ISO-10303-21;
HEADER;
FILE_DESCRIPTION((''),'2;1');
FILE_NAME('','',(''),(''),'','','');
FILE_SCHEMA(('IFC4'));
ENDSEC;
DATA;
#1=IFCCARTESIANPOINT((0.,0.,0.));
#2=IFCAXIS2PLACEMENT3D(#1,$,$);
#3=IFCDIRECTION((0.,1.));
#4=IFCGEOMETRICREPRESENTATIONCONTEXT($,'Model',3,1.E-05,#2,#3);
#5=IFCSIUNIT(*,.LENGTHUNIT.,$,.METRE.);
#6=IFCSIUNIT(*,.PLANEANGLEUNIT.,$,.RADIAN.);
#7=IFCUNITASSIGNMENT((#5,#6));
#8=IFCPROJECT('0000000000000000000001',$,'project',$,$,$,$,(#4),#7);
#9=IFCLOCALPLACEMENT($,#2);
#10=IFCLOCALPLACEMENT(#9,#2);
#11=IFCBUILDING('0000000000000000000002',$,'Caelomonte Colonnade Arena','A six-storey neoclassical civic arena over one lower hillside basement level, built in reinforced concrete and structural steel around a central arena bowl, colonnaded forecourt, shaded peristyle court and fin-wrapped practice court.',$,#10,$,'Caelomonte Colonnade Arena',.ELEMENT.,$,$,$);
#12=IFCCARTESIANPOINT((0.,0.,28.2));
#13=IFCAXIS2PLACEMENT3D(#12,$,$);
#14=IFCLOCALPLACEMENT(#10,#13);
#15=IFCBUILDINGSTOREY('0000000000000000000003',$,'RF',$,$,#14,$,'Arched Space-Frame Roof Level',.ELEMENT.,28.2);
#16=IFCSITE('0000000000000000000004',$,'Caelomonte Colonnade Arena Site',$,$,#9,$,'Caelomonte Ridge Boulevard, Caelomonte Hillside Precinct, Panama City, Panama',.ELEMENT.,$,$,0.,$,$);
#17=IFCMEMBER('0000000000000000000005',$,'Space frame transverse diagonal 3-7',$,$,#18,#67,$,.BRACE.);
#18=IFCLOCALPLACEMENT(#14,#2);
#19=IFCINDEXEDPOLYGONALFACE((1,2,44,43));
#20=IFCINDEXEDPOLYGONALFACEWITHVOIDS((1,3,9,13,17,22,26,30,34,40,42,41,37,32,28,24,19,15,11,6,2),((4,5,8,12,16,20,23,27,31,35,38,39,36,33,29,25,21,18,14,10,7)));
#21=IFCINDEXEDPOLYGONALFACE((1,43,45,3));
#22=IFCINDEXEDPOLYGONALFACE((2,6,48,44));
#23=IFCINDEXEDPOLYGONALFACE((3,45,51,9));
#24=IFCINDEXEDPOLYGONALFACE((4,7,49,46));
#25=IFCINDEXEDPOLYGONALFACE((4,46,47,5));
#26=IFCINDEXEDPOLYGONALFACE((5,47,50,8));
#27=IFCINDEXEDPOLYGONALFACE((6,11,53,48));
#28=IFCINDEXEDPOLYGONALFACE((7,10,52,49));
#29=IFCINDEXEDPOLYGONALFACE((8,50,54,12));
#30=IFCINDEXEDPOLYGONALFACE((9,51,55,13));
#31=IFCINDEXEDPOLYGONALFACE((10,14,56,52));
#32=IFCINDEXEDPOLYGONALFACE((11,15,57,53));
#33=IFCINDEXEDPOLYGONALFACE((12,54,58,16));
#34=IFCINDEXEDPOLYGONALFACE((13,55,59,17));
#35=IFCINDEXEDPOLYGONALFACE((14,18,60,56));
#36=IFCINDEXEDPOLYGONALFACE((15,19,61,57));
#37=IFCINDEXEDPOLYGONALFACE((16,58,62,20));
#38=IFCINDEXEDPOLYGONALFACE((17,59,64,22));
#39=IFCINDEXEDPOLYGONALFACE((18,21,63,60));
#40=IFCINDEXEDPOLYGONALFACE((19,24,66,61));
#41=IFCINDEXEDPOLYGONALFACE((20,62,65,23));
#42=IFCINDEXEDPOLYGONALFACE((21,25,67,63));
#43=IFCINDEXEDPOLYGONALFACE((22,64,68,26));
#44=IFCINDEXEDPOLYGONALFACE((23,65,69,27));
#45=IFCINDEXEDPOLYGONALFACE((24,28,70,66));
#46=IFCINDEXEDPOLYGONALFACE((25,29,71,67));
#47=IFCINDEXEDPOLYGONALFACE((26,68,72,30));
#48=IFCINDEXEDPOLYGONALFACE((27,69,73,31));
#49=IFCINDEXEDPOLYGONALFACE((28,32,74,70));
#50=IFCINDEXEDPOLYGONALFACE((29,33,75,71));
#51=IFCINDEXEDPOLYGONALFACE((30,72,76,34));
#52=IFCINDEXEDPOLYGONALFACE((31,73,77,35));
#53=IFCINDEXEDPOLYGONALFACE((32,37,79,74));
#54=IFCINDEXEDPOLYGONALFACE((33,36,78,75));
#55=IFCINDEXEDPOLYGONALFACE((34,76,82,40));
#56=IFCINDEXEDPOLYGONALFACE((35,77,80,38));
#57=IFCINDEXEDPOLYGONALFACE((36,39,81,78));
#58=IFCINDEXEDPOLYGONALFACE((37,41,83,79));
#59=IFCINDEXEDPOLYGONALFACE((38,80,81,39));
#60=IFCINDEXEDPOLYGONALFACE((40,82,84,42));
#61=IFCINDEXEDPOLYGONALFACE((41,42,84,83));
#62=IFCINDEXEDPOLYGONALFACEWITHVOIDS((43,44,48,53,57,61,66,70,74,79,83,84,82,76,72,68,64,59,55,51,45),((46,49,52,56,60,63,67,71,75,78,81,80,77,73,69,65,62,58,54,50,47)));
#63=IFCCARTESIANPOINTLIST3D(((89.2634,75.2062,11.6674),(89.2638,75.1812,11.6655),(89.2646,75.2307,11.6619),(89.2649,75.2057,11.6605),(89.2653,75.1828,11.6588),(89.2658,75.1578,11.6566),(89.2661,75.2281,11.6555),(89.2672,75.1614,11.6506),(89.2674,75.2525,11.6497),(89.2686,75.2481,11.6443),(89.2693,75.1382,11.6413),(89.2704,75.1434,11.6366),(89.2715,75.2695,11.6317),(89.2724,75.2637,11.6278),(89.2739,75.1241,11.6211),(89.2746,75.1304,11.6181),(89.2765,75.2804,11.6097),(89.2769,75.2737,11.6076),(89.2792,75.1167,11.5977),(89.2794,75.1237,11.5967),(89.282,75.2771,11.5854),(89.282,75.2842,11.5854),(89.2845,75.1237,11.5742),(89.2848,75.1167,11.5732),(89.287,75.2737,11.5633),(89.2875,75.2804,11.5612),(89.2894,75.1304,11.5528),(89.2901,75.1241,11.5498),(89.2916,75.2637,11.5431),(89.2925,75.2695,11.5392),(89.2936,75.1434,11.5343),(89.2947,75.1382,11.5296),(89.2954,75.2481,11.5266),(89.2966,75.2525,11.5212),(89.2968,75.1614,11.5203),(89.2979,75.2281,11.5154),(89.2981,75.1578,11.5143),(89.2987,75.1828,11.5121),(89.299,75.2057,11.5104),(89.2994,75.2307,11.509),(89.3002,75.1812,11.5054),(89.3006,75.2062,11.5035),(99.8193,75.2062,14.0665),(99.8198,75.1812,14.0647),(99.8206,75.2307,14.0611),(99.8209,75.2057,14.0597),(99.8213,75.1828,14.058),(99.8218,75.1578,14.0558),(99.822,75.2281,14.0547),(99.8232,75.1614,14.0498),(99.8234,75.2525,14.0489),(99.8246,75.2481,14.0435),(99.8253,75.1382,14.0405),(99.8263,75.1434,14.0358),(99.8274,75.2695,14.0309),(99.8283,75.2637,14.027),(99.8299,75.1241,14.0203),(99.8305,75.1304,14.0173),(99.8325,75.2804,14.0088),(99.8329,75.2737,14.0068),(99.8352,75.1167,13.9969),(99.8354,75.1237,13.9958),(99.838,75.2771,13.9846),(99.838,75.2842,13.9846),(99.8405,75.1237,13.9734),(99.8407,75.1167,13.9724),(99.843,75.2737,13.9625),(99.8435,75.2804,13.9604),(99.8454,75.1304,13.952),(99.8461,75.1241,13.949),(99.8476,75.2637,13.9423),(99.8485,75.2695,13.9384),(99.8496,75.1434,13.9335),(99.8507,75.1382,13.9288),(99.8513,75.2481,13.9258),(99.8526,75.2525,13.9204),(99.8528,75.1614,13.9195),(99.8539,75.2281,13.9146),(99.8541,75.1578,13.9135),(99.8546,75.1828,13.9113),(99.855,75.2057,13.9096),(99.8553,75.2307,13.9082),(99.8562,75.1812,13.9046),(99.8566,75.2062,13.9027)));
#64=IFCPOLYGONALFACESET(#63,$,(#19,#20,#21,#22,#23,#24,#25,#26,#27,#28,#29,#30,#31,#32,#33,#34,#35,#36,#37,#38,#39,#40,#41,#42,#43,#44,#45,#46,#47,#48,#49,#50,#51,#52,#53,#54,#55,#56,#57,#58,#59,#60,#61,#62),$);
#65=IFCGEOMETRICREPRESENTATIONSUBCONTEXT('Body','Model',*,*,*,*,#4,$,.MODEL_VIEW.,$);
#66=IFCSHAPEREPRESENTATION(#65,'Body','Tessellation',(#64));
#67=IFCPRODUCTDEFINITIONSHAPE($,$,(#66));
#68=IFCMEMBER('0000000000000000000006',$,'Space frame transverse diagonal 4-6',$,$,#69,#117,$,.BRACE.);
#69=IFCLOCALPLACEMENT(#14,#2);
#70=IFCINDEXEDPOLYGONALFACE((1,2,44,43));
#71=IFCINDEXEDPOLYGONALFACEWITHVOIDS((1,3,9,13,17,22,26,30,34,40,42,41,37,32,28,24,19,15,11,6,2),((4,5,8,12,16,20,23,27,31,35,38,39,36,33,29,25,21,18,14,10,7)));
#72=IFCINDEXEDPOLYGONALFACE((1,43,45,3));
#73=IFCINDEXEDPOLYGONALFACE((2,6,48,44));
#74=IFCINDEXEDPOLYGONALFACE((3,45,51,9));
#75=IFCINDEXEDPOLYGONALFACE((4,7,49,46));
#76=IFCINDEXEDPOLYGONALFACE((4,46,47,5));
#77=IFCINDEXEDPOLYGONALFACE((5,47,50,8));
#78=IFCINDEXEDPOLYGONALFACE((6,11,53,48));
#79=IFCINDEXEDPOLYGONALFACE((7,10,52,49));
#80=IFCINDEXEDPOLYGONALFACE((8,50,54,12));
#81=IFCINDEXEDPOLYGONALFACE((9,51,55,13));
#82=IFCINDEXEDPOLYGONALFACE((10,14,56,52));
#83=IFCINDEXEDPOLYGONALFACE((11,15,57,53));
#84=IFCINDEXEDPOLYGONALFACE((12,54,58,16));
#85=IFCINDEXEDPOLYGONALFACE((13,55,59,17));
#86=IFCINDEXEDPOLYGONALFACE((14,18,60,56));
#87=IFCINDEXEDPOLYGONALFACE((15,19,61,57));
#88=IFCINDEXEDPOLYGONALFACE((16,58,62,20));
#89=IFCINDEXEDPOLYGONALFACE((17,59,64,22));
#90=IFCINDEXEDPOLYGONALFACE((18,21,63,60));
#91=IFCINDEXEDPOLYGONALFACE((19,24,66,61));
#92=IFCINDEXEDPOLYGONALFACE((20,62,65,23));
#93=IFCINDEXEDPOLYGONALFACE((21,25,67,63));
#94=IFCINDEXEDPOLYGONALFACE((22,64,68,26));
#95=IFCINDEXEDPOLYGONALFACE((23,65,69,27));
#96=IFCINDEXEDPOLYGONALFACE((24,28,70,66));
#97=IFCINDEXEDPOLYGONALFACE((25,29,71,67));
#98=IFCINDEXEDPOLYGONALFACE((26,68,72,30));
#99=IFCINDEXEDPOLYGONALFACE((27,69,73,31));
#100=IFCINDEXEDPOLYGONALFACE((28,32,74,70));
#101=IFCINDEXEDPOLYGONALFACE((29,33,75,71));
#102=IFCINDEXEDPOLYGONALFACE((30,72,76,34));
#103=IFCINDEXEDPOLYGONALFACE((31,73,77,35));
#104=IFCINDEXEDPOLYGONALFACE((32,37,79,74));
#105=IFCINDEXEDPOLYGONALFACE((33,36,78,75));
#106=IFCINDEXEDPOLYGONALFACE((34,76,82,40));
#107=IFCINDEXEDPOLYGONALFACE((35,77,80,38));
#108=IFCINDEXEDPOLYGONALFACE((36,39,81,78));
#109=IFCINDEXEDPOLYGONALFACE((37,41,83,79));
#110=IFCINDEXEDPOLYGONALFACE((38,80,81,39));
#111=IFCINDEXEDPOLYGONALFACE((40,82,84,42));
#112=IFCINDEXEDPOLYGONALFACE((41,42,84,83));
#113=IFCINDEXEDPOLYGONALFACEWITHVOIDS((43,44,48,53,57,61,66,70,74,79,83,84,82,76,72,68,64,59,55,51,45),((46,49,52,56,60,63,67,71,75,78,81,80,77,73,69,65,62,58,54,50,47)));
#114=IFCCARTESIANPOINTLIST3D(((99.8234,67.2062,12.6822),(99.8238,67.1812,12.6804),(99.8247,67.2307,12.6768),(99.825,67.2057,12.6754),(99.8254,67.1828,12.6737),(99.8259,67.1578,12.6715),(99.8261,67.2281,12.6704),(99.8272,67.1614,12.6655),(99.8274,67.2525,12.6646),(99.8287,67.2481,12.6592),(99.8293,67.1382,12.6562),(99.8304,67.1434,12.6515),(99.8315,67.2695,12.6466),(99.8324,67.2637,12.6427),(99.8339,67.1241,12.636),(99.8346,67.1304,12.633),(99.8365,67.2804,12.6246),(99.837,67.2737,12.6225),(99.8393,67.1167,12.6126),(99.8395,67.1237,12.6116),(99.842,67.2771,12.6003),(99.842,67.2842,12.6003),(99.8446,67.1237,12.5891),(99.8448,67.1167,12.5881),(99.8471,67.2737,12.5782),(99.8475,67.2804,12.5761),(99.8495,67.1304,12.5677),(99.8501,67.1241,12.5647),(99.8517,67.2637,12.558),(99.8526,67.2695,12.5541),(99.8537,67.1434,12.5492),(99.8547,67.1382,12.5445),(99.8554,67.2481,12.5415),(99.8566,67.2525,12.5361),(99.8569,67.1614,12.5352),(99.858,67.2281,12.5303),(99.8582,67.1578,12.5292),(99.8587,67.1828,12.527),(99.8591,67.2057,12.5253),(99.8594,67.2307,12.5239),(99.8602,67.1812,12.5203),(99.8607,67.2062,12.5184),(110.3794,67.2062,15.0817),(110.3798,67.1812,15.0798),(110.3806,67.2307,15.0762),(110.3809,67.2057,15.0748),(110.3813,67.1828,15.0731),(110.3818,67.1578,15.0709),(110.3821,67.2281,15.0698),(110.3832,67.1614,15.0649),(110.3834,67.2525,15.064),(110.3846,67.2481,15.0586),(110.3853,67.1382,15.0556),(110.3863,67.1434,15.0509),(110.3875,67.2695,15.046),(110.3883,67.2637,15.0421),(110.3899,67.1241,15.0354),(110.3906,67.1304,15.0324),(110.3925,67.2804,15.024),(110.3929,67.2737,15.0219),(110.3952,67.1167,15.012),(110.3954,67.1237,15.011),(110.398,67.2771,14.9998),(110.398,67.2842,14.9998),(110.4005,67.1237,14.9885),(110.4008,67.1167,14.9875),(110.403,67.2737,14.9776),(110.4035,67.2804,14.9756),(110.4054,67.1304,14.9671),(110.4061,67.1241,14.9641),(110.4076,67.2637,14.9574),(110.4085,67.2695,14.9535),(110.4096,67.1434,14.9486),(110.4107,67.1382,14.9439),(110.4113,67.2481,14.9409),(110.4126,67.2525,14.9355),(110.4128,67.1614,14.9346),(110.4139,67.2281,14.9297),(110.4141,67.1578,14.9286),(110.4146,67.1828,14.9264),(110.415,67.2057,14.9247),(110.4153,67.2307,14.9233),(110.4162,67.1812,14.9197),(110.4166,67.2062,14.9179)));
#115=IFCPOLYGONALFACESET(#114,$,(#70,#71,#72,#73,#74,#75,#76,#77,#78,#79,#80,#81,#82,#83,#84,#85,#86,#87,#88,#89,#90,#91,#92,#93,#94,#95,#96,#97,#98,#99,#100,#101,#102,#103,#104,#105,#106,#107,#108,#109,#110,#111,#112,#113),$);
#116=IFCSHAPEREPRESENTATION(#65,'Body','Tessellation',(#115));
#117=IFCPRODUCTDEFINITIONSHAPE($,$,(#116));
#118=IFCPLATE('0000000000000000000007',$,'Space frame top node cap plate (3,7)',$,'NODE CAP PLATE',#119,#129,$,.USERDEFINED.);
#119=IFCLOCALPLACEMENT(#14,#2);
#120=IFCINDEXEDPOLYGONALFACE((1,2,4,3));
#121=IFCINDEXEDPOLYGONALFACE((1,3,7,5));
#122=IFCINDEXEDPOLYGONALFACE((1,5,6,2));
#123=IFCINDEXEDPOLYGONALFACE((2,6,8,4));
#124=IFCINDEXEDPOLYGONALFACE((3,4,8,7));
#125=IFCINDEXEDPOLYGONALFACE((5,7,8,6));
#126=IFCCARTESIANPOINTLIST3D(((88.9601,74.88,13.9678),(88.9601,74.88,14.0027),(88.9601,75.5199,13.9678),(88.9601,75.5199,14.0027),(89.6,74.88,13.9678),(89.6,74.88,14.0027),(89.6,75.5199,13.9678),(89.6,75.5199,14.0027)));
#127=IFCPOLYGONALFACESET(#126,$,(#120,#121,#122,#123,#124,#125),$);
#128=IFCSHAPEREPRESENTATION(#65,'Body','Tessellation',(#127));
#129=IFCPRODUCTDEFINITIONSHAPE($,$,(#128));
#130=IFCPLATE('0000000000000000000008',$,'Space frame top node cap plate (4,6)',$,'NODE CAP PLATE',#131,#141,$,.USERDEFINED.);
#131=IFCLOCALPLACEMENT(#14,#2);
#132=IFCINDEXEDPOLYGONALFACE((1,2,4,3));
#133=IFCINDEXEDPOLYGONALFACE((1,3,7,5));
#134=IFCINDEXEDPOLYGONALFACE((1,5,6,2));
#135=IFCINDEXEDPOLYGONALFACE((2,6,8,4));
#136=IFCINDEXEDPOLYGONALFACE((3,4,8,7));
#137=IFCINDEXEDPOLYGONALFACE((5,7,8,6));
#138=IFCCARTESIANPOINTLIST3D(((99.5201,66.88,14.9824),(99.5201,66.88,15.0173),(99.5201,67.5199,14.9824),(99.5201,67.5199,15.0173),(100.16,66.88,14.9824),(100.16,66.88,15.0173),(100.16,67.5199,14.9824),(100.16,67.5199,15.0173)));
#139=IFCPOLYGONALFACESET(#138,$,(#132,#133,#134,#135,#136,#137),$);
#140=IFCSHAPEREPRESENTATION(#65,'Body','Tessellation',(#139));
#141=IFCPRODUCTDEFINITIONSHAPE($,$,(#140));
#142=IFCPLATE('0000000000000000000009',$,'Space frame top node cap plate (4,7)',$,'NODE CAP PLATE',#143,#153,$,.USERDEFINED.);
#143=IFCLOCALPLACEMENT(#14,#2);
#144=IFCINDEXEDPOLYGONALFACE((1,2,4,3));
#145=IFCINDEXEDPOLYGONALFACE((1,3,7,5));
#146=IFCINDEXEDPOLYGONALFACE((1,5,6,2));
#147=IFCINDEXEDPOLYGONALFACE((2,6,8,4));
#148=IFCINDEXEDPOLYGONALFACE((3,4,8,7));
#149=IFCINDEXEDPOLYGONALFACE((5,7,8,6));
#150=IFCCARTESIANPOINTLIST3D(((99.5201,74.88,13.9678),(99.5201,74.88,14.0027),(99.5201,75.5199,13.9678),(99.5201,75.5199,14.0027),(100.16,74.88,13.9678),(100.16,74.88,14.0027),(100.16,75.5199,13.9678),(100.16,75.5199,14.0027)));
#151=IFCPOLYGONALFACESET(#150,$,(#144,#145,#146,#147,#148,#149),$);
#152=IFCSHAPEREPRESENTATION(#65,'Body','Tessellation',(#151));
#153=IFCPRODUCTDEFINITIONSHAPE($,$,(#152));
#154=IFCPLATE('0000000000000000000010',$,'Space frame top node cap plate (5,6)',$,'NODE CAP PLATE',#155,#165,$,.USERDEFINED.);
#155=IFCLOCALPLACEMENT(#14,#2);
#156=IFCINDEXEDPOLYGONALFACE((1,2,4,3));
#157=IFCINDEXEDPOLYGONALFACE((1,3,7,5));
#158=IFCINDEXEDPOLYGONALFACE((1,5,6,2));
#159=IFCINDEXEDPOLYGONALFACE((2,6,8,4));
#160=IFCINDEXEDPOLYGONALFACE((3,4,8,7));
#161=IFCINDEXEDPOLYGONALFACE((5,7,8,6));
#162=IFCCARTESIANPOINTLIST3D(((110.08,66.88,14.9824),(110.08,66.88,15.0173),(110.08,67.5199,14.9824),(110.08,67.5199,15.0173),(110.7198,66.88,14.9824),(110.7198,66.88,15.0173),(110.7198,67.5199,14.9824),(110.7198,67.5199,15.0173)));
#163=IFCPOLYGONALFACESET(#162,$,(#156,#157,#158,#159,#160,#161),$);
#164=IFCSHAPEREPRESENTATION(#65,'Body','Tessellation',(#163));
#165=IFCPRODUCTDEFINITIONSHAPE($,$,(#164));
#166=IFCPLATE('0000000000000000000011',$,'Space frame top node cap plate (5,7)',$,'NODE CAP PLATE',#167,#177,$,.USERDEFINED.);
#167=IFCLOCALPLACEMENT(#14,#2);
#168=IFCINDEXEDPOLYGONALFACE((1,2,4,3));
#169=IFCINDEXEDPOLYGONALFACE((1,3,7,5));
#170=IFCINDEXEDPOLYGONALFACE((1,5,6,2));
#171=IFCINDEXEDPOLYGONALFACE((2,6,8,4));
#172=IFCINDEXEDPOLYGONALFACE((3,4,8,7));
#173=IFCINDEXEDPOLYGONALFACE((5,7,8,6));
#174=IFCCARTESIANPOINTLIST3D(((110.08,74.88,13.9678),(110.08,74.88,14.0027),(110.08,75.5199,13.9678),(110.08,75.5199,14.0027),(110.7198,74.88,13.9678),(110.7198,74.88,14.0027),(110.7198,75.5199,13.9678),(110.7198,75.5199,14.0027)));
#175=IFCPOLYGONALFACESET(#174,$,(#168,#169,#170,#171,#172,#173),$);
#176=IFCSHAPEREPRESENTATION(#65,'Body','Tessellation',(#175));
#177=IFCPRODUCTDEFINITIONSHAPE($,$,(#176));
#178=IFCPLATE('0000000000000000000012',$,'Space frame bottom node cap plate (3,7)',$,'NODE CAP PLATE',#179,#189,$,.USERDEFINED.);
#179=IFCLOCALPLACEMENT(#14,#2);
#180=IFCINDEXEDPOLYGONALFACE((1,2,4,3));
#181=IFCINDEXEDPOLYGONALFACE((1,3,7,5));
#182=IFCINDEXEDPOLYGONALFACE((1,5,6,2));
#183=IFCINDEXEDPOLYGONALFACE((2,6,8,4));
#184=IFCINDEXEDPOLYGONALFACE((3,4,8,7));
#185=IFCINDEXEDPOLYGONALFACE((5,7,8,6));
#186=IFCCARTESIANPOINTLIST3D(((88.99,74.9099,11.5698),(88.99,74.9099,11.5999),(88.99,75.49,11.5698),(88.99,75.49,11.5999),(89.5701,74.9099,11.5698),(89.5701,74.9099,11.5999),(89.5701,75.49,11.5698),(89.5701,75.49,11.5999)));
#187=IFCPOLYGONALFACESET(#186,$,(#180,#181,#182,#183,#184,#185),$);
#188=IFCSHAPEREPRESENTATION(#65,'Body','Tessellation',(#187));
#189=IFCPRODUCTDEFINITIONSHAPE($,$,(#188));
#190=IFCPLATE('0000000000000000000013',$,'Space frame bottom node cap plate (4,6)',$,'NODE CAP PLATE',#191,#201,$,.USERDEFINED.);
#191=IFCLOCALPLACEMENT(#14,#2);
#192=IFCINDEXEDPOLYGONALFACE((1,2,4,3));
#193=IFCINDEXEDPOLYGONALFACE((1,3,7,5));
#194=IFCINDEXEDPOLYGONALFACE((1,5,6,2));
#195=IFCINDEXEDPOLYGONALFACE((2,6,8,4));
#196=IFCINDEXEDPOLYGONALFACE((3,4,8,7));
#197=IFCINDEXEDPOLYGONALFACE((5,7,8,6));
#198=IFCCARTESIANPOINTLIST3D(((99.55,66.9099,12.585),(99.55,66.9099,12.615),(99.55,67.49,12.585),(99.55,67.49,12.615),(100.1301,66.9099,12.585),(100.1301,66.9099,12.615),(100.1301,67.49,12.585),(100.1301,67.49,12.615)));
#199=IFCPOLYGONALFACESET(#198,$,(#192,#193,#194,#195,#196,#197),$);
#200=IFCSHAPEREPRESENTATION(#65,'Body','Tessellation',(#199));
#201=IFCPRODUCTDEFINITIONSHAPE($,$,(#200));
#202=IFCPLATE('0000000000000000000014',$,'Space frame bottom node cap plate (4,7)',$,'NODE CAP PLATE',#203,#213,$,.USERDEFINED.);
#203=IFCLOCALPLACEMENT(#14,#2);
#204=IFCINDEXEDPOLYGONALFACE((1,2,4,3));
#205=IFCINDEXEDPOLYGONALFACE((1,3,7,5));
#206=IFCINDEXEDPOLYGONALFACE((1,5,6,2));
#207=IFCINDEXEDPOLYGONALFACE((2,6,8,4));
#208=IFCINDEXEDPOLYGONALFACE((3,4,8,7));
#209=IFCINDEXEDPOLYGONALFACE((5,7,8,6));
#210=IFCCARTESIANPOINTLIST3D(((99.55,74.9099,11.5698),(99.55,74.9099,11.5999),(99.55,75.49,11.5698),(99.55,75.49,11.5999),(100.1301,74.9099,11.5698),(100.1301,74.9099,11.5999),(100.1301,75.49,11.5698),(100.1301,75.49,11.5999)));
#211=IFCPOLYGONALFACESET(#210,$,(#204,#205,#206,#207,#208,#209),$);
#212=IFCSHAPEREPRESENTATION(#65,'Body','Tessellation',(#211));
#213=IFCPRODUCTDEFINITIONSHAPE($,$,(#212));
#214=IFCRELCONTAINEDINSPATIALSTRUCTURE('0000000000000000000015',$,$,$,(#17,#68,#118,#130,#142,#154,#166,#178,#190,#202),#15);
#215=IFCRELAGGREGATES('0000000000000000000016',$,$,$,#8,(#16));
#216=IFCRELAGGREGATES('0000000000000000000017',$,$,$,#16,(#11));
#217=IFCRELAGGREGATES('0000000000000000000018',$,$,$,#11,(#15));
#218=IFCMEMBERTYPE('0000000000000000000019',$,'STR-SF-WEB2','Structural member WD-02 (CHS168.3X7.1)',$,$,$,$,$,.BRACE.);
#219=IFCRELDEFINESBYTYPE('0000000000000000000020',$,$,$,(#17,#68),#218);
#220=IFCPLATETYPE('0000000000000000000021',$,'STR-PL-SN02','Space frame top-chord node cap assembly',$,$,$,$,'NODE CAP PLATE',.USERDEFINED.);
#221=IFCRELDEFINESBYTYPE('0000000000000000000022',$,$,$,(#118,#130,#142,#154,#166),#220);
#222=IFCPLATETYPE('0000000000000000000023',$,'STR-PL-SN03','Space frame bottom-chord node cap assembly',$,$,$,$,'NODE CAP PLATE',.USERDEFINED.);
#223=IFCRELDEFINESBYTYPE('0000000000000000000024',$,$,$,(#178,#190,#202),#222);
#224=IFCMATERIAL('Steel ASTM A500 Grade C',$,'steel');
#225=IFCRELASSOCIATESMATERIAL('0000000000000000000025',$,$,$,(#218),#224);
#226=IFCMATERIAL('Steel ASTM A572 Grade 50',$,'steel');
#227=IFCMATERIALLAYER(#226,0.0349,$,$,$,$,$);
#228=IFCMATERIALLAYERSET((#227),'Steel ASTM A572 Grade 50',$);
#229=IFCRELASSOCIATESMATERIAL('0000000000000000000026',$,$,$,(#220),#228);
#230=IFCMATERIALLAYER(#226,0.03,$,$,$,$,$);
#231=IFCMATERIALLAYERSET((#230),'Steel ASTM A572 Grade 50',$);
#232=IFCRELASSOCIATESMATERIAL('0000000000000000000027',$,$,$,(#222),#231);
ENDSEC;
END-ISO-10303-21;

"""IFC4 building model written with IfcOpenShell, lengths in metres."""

from ifc_helpers import new_model, si_unit, direction, frame, origin, origin_2d, place, context, subcontext, project, spatial, rectangle, hollow_circle, extrude, material, layer, layer_set, material_profile, profile_set, type_object, element, save


model = new_model("IFC4")

# Units and contexts
model_context = context("Model", 3, precision=1e-05, world=origin(), true_north=direction((0.0, 1.0)))
body_context = subcontext(model_context, "Body", "Model", "MODEL_VIEW")
ifc_project = project(units=[si_unit("LENGTHUNIT", "METRE"), si_unit("PLANEANGLEUNIT", "RADIAN")], contexts=[model_context])

# Site, building, storey
site_placement = place(None, origin())
site = spatial("IfcSite", under=ifc_project, at=site_placement, Name="Caelomonte Colonnade Arena Site", LongName="Caelomonte Ridge Boulevard, Caelomonte Hillside Precinct, Panama City, Panama", CompositionType="ELEMENT", RefElevation=0.0)
building_placement = place(site_placement, origin())
building = spatial("IfcBuilding", under=site, at=building_placement, Name="Caelomonte Colonnade Arena", Description="A six-storey neoclassical civic arena over one lower hillside basement level, built in reinforced concrete and structural steel around a central arena bowl, colonnaded forecourt, shaded peristyle court and fin-wrapped practice court.", LongName="Caelomonte Colonnade Arena", CompositionType="ELEMENT")
storey_placement = place(building_placement, frame((0.0, 0.0, 28.2)))
storey = spatial("IfcBuildingStorey", under=building, at=storey_placement, Name="RF", LongName="Arched Space-Frame Roof Level", CompositionType="ELEMENT", Elevation=28.2)

# Members
ifc_material_1 = material(Name="Steel ASTM A500 Grade C", Category="steel")
ifc_material_profile_1 = material_profile(ifc_material_1, hollow_circle(Radius=0.0842, WallThickness=0.0071, at=origin_2d()), Name="CHS168.3X7.1")
ifc_profile_set_1 = profile_set([ifc_material_profile_1], Name="Steel ASTM A500 Grade C")
member_type_1 = type_object("IfcMemberType", Name="STR-SF-WEB2", Description="Structural member WD-02 (CHS168.3X7.1)", PredefinedType="BRACE", material=ifc_profile_set_1)
for number, where, z_axis, x_axis, name in (
    (1, (89.282, 75.2, 11.5854), (0.975131, 0.0, 0.22163), (0.0, 1.0, 0.0), "Space frame transverse diagonal 3-7"),
    (2, (99.842, 67.2, 12.6003), (0.975126, 0.0, 0.221651), (0.0, 1.0, 0.0), "Space frame transverse diagonal 4-6"),
):
    element("IfcMember", number, at=place(storey_placement, frame(where, z_axis=z_axis, x_axis=x_axis)), inside=storey, type_object=member_type_1, Name=name, PredefinedType="BRACE", context=body_context, shape_type="SweptSolid", body=[
        extrude(hollow_circle(Radius=0.0842, WallThickness=0.0071, at=origin_2d()), origin(), (0.0, 0.0, 1.0), 10.8252),
    ])

# Plates
ifc_material_2 = material(Name="Steel ASTM A572 Grade 50", Category="steel")
ifc_layer_1 = layer(ifc_material_2, 0.0349)
ifc_layer_set_1 = layer_set([ifc_layer_1], Name="Steel ASTM A572 Grade 50")
plate_type_1 = type_object("IfcPlateType", Name="STR-PL-SN02", Description="Space frame top-chord node cap assembly", ElementType="NODE CAP PLATE", PredefinedType="USERDEFINED", material=ifc_layer_set_1)
for number, where, z_axis, x_axis, name in (
    (3, (89.28, 75.2, 13.9678), (0.0, 0.0, 1.0), (1.0, 0.0, 0.0), "Space frame top node cap plate (3,7)"),
    (4, (99.8401, 67.2, 14.9824), (0.0, 0.0, 1.0), (1.0, 0.0, 0.0), "Space frame top node cap plate (4,6)"),
    (5, (99.8401, 75.2, 13.9678), (0.0, 0.0, 1.0), (1.0, 0.0, 0.0), "Space frame top node cap plate (4,7)"),
    (6, (110.3999, 67.2, 14.9824), (0.0, 0.0, 1.0), (1.0, 0.0, 0.0), "Space frame top node cap plate (5,6)"),
    (7, (110.3999, 75.2, 13.9678), (0.0, 0.0, 1.0), (1.0, 0.0, 0.0), "Space frame top node cap plate (5,7)"),
):
    element("IfcPlate", number, at=place(storey_placement, frame(where, z_axis=z_axis, x_axis=x_axis)), inside=storey, type_object=plate_type_1, Name=name, ObjectType="NODE CAP PLATE", PredefinedType="USERDEFINED", context=body_context, shape_type="SweptSolid", body=[
        extrude(rectangle(XDim=0.6399, YDim=0.6399, at=origin_2d()), origin(), (0.0, 0.0, 1.0), 0.0349),
    ])
ifc_layer_2 = layer(ifc_material_2, 0.03)
ifc_layer_set_2 = layer_set([ifc_layer_2], Name="Steel ASTM A572 Grade 50")
plate_type_2 = type_object("IfcPlateType", Name="STR-PL-SN03", Description="Space frame bottom-chord node cap assembly", ElementType="NODE CAP PLATE", PredefinedType="USERDEFINED", material=ifc_layer_set_2)
for number, where, z_axis, x_axis, name in (
    (8, (89.28, 75.2, 11.5698), (0.0, 0.0, 1.0), (1.0, 0.0, 0.0), "Space frame bottom node cap plate (3,7)"),
    (9, (99.8401, 67.2, 12.585), (0.0, 0.0, 1.0), (1.0, 0.0, 0.0), "Space frame bottom node cap plate (4,6)"),
    (10, (99.8401, 75.2, 11.5698), (0.0, 0.0, 1.0), (1.0, 0.0, 0.0), "Space frame bottom node cap plate (4,7)"),
):
    element("IfcPlate", number, at=place(storey_placement, frame(where, z_axis=z_axis, x_axis=x_axis)), inside=storey, type_object=plate_type_2, Name=name, ObjectType="NODE CAP PLATE", PredefinedType="USERDEFINED", context=body_context, shape_type="SweptSolid", body=[
        extrude(rectangle(XDim=0.5801, YDim=0.5801, at=origin_2d()), origin(), (0.0, 0.0, 1.0), 0.03),
    ])

save(model, "model.ifc")
